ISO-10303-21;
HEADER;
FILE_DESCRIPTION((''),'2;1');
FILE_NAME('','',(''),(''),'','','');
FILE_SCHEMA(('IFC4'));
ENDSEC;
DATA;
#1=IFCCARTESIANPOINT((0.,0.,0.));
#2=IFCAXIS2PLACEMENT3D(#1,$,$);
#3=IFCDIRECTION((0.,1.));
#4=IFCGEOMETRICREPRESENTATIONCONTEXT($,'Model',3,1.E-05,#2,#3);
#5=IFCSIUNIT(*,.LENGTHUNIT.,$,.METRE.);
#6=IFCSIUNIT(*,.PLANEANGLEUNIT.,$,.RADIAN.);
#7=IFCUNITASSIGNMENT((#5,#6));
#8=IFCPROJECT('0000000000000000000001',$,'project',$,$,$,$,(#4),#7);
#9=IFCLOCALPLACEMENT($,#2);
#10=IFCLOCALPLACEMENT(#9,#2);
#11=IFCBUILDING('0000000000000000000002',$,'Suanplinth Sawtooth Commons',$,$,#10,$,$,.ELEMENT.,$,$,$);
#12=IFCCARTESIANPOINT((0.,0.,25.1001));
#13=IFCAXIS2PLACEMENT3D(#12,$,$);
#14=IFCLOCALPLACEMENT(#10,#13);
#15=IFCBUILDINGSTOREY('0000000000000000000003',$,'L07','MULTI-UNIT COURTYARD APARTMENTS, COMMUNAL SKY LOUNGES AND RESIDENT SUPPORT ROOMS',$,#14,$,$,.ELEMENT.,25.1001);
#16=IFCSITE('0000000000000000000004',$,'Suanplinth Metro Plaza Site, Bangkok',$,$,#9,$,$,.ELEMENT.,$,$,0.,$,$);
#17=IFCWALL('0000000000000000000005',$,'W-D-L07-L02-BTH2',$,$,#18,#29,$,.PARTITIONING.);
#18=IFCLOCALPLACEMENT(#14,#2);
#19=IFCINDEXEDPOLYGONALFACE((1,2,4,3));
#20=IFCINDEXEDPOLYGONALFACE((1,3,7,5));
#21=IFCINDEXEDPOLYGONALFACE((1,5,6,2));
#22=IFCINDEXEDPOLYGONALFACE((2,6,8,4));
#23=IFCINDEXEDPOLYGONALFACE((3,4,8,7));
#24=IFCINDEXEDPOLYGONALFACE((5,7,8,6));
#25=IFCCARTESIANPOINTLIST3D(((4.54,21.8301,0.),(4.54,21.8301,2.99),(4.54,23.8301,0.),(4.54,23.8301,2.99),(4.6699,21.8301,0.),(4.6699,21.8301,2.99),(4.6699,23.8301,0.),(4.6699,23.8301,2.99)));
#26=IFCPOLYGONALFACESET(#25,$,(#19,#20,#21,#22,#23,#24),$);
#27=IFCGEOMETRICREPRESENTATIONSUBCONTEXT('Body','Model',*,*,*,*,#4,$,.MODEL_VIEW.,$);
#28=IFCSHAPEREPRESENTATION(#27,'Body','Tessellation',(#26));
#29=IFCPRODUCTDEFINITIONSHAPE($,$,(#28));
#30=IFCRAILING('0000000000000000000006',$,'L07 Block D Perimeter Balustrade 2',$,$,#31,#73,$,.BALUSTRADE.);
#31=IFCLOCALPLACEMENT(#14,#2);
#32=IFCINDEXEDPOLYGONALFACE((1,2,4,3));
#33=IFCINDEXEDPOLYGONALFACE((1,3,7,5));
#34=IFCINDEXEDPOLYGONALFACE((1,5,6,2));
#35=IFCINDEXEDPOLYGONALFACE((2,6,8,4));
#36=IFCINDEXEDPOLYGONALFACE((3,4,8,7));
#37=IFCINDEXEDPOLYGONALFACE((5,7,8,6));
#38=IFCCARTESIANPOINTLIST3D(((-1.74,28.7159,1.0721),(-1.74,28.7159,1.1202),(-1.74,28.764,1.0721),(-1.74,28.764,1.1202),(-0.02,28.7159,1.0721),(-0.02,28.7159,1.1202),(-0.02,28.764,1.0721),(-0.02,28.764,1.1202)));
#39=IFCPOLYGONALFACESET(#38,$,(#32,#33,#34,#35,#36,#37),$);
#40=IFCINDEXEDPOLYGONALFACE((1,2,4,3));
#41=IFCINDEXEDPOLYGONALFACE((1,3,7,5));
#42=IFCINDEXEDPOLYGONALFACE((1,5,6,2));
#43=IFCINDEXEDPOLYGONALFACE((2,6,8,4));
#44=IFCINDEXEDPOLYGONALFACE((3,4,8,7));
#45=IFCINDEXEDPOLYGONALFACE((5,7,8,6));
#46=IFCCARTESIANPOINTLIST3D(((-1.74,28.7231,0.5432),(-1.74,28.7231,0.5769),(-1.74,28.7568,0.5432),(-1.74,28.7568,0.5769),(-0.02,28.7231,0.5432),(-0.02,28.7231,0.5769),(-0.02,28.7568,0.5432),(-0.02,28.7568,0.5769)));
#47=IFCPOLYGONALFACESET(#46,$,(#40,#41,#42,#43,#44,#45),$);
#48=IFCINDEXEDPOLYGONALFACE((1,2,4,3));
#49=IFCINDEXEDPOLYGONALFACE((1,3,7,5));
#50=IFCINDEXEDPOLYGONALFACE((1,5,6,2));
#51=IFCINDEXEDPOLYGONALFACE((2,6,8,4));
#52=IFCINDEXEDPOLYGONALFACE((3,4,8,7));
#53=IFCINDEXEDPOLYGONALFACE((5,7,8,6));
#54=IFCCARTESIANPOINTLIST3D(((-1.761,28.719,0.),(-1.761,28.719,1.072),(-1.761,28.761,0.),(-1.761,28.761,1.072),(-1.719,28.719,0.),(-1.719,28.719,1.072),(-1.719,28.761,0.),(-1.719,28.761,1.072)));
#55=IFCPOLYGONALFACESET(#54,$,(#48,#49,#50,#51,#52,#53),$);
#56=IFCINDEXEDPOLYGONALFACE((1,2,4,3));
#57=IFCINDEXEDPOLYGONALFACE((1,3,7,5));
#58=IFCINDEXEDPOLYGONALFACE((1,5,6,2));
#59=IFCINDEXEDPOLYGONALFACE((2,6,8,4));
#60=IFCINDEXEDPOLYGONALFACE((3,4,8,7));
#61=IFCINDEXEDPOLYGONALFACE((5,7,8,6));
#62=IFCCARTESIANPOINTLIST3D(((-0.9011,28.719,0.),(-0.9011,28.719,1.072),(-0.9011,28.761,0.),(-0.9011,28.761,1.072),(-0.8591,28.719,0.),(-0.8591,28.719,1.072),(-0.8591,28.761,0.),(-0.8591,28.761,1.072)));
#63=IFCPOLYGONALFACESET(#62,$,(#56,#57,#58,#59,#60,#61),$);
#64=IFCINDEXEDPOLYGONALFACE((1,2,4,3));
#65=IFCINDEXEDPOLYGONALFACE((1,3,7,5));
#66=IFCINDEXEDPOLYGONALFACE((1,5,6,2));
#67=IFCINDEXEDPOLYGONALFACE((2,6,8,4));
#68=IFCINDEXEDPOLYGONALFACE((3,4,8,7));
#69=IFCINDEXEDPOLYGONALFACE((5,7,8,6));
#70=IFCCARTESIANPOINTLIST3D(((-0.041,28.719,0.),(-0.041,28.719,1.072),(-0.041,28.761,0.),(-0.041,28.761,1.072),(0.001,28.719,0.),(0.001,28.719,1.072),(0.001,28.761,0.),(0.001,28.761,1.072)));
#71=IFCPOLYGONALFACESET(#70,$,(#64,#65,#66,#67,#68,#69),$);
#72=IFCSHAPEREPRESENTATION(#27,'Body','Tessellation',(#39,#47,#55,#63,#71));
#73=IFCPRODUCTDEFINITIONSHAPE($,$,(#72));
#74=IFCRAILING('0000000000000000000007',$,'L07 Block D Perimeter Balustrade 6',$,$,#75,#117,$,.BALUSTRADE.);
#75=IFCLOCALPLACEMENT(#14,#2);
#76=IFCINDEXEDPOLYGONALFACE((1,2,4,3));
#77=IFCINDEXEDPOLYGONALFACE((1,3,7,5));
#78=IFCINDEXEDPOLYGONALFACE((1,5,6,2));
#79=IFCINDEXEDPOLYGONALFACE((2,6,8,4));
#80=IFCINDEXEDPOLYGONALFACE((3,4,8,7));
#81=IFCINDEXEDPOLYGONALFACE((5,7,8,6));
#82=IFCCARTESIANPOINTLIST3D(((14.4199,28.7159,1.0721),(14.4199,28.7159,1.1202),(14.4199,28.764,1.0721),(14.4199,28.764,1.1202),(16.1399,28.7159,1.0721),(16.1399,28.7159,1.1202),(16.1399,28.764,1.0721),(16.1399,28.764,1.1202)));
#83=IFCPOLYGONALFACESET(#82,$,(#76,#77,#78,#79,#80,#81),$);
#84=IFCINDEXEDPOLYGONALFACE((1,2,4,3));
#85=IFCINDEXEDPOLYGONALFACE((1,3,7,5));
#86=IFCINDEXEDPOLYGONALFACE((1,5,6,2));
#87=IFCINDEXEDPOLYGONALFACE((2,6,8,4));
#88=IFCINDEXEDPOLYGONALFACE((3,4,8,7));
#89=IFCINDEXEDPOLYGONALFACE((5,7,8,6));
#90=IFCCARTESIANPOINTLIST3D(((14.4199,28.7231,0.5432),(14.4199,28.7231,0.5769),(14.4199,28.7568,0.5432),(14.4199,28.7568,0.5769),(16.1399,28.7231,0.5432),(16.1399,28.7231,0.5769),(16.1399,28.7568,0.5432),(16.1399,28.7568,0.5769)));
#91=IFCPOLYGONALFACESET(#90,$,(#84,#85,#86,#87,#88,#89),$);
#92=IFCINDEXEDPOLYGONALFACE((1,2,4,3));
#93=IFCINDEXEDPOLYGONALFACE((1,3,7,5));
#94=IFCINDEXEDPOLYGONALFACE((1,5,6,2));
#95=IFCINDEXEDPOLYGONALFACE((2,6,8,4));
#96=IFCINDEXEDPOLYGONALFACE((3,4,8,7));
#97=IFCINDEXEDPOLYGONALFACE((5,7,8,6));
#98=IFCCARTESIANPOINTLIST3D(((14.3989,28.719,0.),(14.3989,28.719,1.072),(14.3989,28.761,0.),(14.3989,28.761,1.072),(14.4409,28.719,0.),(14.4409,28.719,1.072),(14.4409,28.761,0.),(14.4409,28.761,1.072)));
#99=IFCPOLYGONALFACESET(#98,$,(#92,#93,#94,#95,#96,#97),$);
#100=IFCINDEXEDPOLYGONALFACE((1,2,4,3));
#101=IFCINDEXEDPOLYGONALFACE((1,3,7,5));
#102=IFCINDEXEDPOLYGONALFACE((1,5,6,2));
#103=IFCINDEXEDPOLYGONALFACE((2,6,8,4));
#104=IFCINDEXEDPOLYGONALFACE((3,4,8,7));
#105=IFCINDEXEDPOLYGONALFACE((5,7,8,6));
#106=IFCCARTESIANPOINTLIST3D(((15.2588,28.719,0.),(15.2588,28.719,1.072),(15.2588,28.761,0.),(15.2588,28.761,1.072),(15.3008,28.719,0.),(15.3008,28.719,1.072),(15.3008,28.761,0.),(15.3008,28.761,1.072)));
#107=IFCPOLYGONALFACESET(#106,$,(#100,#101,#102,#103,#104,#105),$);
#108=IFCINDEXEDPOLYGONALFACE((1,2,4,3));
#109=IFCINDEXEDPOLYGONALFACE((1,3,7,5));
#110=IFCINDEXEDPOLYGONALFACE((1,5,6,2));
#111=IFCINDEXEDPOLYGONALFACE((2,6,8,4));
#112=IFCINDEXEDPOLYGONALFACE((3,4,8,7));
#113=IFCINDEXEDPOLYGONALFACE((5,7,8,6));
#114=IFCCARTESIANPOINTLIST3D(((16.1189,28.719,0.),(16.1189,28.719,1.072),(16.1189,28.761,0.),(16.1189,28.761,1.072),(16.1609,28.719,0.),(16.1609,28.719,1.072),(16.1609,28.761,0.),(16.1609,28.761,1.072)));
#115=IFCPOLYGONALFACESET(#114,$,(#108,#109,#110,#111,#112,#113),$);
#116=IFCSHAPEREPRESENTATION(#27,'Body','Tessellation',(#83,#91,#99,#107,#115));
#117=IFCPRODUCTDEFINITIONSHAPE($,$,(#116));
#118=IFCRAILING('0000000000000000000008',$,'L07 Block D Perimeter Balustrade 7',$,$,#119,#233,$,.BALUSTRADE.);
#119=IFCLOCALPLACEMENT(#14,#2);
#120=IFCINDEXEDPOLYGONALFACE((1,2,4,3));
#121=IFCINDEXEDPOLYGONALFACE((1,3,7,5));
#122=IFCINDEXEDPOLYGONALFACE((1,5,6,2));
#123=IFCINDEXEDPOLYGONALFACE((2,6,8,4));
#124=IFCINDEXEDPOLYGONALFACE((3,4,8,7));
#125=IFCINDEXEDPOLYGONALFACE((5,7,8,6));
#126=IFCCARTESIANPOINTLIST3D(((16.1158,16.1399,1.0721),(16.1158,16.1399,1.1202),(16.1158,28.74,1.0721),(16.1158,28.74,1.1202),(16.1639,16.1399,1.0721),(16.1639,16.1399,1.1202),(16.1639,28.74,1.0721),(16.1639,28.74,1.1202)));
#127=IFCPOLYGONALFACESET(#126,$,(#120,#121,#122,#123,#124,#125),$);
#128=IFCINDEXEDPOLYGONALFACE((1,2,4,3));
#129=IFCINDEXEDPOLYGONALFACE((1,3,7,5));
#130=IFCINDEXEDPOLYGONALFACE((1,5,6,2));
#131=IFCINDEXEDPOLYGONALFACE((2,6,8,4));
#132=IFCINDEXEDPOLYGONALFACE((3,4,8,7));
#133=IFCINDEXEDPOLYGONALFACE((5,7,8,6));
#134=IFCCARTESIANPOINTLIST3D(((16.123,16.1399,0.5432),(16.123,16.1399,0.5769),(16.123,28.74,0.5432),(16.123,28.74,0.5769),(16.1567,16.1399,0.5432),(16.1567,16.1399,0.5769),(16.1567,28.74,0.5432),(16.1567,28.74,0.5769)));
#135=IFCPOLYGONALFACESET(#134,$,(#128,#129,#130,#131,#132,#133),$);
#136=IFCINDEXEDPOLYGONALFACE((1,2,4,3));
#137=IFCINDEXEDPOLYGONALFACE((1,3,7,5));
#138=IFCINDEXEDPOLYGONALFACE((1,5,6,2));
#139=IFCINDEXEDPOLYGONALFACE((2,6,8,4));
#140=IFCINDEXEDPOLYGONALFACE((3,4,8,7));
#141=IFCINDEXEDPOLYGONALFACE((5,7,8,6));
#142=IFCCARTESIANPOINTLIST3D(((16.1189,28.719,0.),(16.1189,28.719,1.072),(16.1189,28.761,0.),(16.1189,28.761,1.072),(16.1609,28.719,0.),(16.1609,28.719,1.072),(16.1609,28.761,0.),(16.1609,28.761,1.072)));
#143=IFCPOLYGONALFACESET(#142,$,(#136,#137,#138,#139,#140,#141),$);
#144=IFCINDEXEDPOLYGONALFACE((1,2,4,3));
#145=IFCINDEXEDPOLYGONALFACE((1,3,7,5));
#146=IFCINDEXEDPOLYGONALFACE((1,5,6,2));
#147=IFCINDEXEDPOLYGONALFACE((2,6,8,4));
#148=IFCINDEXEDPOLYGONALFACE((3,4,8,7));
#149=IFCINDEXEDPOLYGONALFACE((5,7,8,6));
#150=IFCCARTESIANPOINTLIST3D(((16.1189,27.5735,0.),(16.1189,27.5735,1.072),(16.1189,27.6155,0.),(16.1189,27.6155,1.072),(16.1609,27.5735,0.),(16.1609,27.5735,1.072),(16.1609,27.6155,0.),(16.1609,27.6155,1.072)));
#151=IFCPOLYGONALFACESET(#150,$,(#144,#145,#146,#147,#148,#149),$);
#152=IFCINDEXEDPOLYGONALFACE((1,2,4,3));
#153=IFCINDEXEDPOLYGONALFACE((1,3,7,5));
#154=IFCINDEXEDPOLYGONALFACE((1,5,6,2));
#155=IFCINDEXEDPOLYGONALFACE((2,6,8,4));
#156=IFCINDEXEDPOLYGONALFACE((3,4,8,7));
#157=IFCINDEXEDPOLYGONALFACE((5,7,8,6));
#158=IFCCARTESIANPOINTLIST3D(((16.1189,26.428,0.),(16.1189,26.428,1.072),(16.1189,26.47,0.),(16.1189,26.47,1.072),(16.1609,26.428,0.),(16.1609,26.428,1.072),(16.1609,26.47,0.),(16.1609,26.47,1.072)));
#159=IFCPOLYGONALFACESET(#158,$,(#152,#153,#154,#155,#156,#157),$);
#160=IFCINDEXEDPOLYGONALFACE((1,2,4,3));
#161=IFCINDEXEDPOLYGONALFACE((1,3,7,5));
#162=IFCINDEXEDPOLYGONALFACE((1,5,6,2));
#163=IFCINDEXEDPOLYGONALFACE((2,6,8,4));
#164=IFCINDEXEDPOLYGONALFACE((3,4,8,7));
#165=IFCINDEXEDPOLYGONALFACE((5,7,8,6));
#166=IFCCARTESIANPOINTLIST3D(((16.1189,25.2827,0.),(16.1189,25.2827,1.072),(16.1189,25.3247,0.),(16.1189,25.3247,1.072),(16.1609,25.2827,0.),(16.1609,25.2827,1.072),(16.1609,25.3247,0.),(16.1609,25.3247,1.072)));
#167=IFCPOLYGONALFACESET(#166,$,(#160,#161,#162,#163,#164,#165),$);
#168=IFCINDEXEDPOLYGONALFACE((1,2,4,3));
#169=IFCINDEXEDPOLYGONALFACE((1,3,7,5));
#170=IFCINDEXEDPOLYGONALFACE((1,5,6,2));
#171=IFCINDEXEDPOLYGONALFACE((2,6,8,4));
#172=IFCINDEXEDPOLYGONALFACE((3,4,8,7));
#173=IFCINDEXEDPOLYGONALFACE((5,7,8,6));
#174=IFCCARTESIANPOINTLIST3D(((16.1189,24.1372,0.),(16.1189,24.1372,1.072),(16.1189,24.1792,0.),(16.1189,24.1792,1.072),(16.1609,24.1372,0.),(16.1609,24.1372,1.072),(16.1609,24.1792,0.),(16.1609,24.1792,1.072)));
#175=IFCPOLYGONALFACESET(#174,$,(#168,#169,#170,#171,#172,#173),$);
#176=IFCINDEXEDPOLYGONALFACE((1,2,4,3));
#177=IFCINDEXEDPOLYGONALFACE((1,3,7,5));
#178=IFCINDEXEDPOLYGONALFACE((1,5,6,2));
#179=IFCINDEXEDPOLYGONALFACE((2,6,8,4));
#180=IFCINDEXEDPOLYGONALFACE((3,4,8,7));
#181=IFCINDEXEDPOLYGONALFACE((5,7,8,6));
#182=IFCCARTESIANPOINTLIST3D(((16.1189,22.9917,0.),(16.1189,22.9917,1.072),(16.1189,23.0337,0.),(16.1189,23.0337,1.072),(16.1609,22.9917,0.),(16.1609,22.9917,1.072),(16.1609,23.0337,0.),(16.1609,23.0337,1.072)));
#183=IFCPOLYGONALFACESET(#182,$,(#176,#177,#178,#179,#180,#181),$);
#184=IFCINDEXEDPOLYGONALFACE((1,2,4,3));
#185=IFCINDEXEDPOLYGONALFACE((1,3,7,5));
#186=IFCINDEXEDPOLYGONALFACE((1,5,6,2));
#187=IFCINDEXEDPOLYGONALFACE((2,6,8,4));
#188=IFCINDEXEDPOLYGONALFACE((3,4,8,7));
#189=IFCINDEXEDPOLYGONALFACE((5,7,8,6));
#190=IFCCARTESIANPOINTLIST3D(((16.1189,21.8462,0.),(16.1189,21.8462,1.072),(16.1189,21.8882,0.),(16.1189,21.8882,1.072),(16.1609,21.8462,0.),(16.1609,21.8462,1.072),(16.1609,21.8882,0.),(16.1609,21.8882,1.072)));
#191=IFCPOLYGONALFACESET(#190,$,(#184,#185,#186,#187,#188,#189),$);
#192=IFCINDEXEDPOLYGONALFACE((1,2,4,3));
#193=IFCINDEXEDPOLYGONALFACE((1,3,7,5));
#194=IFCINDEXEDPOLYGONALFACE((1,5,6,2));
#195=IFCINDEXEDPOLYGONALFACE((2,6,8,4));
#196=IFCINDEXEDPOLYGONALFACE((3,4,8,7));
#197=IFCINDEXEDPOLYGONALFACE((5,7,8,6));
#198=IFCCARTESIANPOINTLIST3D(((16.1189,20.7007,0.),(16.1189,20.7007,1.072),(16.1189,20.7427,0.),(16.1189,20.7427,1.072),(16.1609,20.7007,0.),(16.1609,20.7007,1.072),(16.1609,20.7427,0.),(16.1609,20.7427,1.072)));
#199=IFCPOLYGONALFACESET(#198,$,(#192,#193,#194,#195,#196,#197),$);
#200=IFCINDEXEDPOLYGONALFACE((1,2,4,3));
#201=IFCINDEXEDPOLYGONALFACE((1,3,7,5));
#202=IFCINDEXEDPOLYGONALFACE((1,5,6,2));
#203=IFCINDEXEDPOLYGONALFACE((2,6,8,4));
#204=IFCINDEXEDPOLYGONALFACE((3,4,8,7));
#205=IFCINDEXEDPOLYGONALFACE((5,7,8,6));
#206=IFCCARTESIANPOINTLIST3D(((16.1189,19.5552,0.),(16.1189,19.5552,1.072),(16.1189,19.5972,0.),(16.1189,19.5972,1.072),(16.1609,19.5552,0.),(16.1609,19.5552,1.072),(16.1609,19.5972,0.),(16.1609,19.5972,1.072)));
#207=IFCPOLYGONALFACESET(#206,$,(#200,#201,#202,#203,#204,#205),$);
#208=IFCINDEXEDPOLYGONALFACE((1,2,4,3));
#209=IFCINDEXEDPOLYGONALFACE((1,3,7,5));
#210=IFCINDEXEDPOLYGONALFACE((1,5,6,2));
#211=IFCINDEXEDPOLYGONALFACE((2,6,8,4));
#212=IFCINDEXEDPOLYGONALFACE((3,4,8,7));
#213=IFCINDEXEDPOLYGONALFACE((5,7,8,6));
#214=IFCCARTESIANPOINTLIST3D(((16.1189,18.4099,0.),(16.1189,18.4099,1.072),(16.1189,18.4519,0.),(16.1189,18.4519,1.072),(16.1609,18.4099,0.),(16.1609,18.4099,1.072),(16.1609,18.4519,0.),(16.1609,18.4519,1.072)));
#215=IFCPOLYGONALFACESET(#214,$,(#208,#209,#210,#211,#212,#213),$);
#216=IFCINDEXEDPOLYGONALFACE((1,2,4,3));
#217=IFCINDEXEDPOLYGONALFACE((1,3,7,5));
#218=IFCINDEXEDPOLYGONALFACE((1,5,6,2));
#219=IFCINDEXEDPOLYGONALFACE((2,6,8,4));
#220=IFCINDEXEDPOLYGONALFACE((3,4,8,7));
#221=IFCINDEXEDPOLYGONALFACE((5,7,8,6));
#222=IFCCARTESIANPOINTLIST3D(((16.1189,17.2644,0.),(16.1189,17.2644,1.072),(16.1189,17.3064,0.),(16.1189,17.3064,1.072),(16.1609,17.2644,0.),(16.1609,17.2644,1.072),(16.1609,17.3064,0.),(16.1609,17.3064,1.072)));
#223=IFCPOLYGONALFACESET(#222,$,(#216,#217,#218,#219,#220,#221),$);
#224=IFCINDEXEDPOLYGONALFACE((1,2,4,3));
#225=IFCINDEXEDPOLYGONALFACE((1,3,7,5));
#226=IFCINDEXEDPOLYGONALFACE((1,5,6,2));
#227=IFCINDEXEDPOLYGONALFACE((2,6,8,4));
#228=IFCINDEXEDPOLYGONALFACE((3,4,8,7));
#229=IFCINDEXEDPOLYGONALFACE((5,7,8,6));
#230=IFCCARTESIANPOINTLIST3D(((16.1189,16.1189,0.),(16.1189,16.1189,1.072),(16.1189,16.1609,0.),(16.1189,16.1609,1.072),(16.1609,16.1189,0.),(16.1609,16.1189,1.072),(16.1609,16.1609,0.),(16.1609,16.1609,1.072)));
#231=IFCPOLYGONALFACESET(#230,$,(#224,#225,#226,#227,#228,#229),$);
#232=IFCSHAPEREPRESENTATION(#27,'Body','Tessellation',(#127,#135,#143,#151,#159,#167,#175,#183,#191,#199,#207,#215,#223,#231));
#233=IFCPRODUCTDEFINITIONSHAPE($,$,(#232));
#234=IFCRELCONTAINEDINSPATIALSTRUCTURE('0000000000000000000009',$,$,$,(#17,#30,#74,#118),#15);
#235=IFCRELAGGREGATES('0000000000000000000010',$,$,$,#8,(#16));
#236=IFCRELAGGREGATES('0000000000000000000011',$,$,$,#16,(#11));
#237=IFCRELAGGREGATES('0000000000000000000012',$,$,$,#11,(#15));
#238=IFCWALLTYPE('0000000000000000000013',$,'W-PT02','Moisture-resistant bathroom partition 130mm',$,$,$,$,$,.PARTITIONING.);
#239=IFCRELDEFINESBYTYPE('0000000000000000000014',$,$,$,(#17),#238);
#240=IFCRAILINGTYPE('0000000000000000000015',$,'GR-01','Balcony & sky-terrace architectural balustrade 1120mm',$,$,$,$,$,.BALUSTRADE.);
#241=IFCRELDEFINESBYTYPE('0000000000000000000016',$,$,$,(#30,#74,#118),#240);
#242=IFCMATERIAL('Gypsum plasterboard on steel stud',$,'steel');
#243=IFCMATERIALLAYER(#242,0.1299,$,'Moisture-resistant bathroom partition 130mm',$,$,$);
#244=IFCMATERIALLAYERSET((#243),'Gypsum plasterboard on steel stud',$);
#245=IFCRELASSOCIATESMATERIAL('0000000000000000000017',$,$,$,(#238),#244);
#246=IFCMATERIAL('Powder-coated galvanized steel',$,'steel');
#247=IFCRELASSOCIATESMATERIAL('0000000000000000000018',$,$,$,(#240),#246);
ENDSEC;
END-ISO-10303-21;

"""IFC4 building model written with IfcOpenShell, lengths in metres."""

from ifc_helpers import new_model, si_unit, direction, frame, frame_2d, origin, origin_2d, place, context, subcontext, project, spatial, rectangle, extrude, material, layer, layer_set, type_object, element, save


model = new_model("IFC4")

# Units and contexts
model_context = context("Model", 3, precision=1e-05, world=origin(), true_north=direction((0.0, 1.0)))
body_context = subcontext(model_context, "Body", "Model", "MODEL_VIEW")
ifc_project = project(units=[si_unit("LENGTHUNIT", "METRE"), si_unit("PLANEANGLEUNIT", "RADIAN")], contexts=[model_context])

# Site, building, storey
site_placement = place(None, origin())
site = spatial("IfcSite", under=ifc_project, at=site_placement, Name="Suanplinth Metro Plaza Site, Bangkok", CompositionType="ELEMENT", RefElevation=0.0)
building_placement = place(site_placement, origin())
building = spatial("IfcBuilding", under=site, at=building_placement, Name="Suanplinth Sawtooth Commons", CompositionType="ELEMENT")
storey_placement = place(building_placement, frame((0.0, 0.0, 25.1001)))
storey = spatial("IfcBuildingStorey", under=building, at=storey_placement, Name="L07", Description="MULTI-UNIT COURTYARD APARTMENTS, COMMUNAL SKY LOUNGES AND RESIDENT SUPPORT ROOMS", CompositionType="ELEMENT", Elevation=25.1001)

# Shared definitions
ifc_material_1 = material(Name="Gypsum plasterboard on steel stud", Category="steel")
ifc_layer_1 = layer(ifc_material_1, 0.1299, Name="Moisture-resistant bathroom partition 130mm")
ifc_layer_set_1 = layer_set([ifc_layer_1], Name="Gypsum plasterboard on steel stud")
wall_type_1 = type_object("IfcWallType", Name="W-PT02", Description="Moisture-resistant bathroom partition 130mm", PredefinedType="PARTITIONING", material=ifc_layer_set_1)

# Wall
wall_1_placement = place(storey_placement, frame((4.605, 21.8301, 0.0), z_axis=(0.0, 0.0, 1.0), x_axis=(0.0, 1.0, 0.0)))
element("IfcWall", 1, at=wall_1_placement, inside=storey, type_object=wall_type_1, Name="W-D-L07-L02-BTH2", PredefinedType="PARTITIONING", context=body_context, shape_type="SweptSolid", body=[
    extrude(rectangle(XDim=2.0, YDim=0.1299, at=frame_2d((1.0, 0.0))), origin(), (0.0, 0.0, 1.0), 2.99),
])

# Railings
ifc_material_2 = material(Name="Powder-coated galvanized steel", Category="steel")
railing_type = type_object("IfcRailingType", Name="GR-01", Description="Balcony & sky-terrace architectural balustrade 1120mm", PredefinedType="BALUSTRADE", material=ifc_material_2)
for number, where, name in (
    (2, (-1.74, 28.74, 0.0), "L07 Block D Perimeter Balustrade 2"),
    (3, (14.4199, 28.74, 0.0), "L07 Block D Perimeter Balustrade 6"),
):
    element("IfcRailing", number, at=place(storey_placement, frame(where)), inside=storey, type_object=railing_type, Name=name, PredefinedType="BALUSTRADE", context=body_context, shape_type="SweptSolid", body=[
        extrude(rectangle(XDim=0.0481, YDim=0.0481, at=origin_2d()), frame((0.0, 0.0, 1.0962), z_axis=(1.0, 0.0, 0.0), x_axis=(0.0, 1.0, 0.0)), (0.0, 0.0, 1.0), 1.72),
        extrude(rectangle(XDim=0.0337, YDim=0.0337, at=origin_2d()), frame((0.0, 0.0, 0.5601), z_axis=(1.0, 0.0, 0.0), x_axis=(0.0, 1.0, 0.0)), (0.0, 0.0, 1.0), 1.72),
        extrude(rectangle(XDim=0.042, YDim=0.042, at=origin_2d()), origin(), (0.0, 0.0, 1.0), 1.072),
        extrude(rectangle(XDim=0.042, YDim=0.042, at=origin_2d()), frame((0.8599, 0.0, 0.0)), (0.0, 0.0, 1.0), 1.072),
        extrude(rectangle(XDim=0.042, YDim=0.042, at=origin_2d()), frame((1.72, 0.0, 0.0)), (0.0, 0.0, 1.0), 1.072),
    ])
railing_placement = place(storey_placement, frame((16.1399, 28.74, 0.0)))
element("IfcRailing", 4, at=railing_placement, inside=storey, type_object=railing_type, Name="L07 Block D Perimeter Balustrade 7", PredefinedType="BALUSTRADE", context=body_context, shape_type="SweptSolid", body=[
    extrude(rectangle(XDim=0.0481, YDim=0.0481, at=origin_2d()), frame((0.0, 0.0, 1.0962), z_axis=(0.0, -1.0, 0.0), x_axis=(1.0, 0.0, 0.0)), (0.0, 0.0, 1.0), 12.6001),
    extrude(rectangle(XDim=0.0337, YDim=0.0337, at=origin_2d()), frame((0.0, 0.0, 0.5601), z_axis=(0.0, -1.0, 0.0), x_axis=(1.0, 0.0, 0.0)), (0.0, 0.0, 1.0), 12.6001),
    extrude(rectangle(XDim=0.042, YDim=0.042, at=origin_2d()), origin(), (0.0, 0.0, 1.0), 1.072),
    extrude(rectangle(XDim=0.042, YDim=0.042, at=origin_2d()), frame((0.0, -1.1455, 0.0)), (0.0, 0.0, 1.0), 1.072),
    extrude(rectangle(XDim=0.042, YDim=0.042, at=origin_2d()), frame((0.0, -2.291, 0.0)), (0.0, 0.0, 1.0), 1.072),
    extrude(rectangle(XDim=0.042, YDim=0.042, at=origin_2d()), frame((0.0, -3.4363, 0.0)), (0.0, 0.0, 1.0), 1.072),
    extrude(rectangle(XDim=0.042, YDim=0.042, at=origin_2d()), frame((0.0, -4.5818, 0.0)), (0.0, 0.0, 1.0), 1.072),
    extrude(rectangle(XDim=0.042, YDim=0.042, at=origin_2d()), frame((0.0, -5.7273, 0.0)), (0.0, 0.0, 1.0), 1.072),
    extrude(rectangle(XDim=0.042, YDim=0.042, at=origin_2d()), frame((0.0, -6.8728, 0.0)), (0.0, 0.0, 1.0), 1.072),
    extrude(rectangle(XDim=0.042, YDim=0.042, at=origin_2d()), frame((0.0, -8.0183, 0.0)), (0.0, 0.0, 1.0), 1.072),
    extrude(rectangle(XDim=0.042, YDim=0.042, at=origin_2d()), frame((0.0, -9.1638, 0.0)), (0.0, 0.0, 1.0), 1.072),
    extrude(rectangle(XDim=0.042, YDim=0.042, at=origin_2d()), frame((0.0, -10.3091, 0.0)), (0.0, 0.0, 1.0), 1.072),
    extrude(rectangle(XDim=0.042, YDim=0.042, at=origin_2d()), frame((0.0, -11.4546, 0.0)), (0.0, 0.0, 1.0), 1.072),
    extrude(rectangle(XDim=0.042, YDim=0.042, at=origin_2d()), frame((0.0, -12.6001, 0.0)), (0.0, 0.0, 1.0), 1.072),
])

save(model, "model.ifc")
